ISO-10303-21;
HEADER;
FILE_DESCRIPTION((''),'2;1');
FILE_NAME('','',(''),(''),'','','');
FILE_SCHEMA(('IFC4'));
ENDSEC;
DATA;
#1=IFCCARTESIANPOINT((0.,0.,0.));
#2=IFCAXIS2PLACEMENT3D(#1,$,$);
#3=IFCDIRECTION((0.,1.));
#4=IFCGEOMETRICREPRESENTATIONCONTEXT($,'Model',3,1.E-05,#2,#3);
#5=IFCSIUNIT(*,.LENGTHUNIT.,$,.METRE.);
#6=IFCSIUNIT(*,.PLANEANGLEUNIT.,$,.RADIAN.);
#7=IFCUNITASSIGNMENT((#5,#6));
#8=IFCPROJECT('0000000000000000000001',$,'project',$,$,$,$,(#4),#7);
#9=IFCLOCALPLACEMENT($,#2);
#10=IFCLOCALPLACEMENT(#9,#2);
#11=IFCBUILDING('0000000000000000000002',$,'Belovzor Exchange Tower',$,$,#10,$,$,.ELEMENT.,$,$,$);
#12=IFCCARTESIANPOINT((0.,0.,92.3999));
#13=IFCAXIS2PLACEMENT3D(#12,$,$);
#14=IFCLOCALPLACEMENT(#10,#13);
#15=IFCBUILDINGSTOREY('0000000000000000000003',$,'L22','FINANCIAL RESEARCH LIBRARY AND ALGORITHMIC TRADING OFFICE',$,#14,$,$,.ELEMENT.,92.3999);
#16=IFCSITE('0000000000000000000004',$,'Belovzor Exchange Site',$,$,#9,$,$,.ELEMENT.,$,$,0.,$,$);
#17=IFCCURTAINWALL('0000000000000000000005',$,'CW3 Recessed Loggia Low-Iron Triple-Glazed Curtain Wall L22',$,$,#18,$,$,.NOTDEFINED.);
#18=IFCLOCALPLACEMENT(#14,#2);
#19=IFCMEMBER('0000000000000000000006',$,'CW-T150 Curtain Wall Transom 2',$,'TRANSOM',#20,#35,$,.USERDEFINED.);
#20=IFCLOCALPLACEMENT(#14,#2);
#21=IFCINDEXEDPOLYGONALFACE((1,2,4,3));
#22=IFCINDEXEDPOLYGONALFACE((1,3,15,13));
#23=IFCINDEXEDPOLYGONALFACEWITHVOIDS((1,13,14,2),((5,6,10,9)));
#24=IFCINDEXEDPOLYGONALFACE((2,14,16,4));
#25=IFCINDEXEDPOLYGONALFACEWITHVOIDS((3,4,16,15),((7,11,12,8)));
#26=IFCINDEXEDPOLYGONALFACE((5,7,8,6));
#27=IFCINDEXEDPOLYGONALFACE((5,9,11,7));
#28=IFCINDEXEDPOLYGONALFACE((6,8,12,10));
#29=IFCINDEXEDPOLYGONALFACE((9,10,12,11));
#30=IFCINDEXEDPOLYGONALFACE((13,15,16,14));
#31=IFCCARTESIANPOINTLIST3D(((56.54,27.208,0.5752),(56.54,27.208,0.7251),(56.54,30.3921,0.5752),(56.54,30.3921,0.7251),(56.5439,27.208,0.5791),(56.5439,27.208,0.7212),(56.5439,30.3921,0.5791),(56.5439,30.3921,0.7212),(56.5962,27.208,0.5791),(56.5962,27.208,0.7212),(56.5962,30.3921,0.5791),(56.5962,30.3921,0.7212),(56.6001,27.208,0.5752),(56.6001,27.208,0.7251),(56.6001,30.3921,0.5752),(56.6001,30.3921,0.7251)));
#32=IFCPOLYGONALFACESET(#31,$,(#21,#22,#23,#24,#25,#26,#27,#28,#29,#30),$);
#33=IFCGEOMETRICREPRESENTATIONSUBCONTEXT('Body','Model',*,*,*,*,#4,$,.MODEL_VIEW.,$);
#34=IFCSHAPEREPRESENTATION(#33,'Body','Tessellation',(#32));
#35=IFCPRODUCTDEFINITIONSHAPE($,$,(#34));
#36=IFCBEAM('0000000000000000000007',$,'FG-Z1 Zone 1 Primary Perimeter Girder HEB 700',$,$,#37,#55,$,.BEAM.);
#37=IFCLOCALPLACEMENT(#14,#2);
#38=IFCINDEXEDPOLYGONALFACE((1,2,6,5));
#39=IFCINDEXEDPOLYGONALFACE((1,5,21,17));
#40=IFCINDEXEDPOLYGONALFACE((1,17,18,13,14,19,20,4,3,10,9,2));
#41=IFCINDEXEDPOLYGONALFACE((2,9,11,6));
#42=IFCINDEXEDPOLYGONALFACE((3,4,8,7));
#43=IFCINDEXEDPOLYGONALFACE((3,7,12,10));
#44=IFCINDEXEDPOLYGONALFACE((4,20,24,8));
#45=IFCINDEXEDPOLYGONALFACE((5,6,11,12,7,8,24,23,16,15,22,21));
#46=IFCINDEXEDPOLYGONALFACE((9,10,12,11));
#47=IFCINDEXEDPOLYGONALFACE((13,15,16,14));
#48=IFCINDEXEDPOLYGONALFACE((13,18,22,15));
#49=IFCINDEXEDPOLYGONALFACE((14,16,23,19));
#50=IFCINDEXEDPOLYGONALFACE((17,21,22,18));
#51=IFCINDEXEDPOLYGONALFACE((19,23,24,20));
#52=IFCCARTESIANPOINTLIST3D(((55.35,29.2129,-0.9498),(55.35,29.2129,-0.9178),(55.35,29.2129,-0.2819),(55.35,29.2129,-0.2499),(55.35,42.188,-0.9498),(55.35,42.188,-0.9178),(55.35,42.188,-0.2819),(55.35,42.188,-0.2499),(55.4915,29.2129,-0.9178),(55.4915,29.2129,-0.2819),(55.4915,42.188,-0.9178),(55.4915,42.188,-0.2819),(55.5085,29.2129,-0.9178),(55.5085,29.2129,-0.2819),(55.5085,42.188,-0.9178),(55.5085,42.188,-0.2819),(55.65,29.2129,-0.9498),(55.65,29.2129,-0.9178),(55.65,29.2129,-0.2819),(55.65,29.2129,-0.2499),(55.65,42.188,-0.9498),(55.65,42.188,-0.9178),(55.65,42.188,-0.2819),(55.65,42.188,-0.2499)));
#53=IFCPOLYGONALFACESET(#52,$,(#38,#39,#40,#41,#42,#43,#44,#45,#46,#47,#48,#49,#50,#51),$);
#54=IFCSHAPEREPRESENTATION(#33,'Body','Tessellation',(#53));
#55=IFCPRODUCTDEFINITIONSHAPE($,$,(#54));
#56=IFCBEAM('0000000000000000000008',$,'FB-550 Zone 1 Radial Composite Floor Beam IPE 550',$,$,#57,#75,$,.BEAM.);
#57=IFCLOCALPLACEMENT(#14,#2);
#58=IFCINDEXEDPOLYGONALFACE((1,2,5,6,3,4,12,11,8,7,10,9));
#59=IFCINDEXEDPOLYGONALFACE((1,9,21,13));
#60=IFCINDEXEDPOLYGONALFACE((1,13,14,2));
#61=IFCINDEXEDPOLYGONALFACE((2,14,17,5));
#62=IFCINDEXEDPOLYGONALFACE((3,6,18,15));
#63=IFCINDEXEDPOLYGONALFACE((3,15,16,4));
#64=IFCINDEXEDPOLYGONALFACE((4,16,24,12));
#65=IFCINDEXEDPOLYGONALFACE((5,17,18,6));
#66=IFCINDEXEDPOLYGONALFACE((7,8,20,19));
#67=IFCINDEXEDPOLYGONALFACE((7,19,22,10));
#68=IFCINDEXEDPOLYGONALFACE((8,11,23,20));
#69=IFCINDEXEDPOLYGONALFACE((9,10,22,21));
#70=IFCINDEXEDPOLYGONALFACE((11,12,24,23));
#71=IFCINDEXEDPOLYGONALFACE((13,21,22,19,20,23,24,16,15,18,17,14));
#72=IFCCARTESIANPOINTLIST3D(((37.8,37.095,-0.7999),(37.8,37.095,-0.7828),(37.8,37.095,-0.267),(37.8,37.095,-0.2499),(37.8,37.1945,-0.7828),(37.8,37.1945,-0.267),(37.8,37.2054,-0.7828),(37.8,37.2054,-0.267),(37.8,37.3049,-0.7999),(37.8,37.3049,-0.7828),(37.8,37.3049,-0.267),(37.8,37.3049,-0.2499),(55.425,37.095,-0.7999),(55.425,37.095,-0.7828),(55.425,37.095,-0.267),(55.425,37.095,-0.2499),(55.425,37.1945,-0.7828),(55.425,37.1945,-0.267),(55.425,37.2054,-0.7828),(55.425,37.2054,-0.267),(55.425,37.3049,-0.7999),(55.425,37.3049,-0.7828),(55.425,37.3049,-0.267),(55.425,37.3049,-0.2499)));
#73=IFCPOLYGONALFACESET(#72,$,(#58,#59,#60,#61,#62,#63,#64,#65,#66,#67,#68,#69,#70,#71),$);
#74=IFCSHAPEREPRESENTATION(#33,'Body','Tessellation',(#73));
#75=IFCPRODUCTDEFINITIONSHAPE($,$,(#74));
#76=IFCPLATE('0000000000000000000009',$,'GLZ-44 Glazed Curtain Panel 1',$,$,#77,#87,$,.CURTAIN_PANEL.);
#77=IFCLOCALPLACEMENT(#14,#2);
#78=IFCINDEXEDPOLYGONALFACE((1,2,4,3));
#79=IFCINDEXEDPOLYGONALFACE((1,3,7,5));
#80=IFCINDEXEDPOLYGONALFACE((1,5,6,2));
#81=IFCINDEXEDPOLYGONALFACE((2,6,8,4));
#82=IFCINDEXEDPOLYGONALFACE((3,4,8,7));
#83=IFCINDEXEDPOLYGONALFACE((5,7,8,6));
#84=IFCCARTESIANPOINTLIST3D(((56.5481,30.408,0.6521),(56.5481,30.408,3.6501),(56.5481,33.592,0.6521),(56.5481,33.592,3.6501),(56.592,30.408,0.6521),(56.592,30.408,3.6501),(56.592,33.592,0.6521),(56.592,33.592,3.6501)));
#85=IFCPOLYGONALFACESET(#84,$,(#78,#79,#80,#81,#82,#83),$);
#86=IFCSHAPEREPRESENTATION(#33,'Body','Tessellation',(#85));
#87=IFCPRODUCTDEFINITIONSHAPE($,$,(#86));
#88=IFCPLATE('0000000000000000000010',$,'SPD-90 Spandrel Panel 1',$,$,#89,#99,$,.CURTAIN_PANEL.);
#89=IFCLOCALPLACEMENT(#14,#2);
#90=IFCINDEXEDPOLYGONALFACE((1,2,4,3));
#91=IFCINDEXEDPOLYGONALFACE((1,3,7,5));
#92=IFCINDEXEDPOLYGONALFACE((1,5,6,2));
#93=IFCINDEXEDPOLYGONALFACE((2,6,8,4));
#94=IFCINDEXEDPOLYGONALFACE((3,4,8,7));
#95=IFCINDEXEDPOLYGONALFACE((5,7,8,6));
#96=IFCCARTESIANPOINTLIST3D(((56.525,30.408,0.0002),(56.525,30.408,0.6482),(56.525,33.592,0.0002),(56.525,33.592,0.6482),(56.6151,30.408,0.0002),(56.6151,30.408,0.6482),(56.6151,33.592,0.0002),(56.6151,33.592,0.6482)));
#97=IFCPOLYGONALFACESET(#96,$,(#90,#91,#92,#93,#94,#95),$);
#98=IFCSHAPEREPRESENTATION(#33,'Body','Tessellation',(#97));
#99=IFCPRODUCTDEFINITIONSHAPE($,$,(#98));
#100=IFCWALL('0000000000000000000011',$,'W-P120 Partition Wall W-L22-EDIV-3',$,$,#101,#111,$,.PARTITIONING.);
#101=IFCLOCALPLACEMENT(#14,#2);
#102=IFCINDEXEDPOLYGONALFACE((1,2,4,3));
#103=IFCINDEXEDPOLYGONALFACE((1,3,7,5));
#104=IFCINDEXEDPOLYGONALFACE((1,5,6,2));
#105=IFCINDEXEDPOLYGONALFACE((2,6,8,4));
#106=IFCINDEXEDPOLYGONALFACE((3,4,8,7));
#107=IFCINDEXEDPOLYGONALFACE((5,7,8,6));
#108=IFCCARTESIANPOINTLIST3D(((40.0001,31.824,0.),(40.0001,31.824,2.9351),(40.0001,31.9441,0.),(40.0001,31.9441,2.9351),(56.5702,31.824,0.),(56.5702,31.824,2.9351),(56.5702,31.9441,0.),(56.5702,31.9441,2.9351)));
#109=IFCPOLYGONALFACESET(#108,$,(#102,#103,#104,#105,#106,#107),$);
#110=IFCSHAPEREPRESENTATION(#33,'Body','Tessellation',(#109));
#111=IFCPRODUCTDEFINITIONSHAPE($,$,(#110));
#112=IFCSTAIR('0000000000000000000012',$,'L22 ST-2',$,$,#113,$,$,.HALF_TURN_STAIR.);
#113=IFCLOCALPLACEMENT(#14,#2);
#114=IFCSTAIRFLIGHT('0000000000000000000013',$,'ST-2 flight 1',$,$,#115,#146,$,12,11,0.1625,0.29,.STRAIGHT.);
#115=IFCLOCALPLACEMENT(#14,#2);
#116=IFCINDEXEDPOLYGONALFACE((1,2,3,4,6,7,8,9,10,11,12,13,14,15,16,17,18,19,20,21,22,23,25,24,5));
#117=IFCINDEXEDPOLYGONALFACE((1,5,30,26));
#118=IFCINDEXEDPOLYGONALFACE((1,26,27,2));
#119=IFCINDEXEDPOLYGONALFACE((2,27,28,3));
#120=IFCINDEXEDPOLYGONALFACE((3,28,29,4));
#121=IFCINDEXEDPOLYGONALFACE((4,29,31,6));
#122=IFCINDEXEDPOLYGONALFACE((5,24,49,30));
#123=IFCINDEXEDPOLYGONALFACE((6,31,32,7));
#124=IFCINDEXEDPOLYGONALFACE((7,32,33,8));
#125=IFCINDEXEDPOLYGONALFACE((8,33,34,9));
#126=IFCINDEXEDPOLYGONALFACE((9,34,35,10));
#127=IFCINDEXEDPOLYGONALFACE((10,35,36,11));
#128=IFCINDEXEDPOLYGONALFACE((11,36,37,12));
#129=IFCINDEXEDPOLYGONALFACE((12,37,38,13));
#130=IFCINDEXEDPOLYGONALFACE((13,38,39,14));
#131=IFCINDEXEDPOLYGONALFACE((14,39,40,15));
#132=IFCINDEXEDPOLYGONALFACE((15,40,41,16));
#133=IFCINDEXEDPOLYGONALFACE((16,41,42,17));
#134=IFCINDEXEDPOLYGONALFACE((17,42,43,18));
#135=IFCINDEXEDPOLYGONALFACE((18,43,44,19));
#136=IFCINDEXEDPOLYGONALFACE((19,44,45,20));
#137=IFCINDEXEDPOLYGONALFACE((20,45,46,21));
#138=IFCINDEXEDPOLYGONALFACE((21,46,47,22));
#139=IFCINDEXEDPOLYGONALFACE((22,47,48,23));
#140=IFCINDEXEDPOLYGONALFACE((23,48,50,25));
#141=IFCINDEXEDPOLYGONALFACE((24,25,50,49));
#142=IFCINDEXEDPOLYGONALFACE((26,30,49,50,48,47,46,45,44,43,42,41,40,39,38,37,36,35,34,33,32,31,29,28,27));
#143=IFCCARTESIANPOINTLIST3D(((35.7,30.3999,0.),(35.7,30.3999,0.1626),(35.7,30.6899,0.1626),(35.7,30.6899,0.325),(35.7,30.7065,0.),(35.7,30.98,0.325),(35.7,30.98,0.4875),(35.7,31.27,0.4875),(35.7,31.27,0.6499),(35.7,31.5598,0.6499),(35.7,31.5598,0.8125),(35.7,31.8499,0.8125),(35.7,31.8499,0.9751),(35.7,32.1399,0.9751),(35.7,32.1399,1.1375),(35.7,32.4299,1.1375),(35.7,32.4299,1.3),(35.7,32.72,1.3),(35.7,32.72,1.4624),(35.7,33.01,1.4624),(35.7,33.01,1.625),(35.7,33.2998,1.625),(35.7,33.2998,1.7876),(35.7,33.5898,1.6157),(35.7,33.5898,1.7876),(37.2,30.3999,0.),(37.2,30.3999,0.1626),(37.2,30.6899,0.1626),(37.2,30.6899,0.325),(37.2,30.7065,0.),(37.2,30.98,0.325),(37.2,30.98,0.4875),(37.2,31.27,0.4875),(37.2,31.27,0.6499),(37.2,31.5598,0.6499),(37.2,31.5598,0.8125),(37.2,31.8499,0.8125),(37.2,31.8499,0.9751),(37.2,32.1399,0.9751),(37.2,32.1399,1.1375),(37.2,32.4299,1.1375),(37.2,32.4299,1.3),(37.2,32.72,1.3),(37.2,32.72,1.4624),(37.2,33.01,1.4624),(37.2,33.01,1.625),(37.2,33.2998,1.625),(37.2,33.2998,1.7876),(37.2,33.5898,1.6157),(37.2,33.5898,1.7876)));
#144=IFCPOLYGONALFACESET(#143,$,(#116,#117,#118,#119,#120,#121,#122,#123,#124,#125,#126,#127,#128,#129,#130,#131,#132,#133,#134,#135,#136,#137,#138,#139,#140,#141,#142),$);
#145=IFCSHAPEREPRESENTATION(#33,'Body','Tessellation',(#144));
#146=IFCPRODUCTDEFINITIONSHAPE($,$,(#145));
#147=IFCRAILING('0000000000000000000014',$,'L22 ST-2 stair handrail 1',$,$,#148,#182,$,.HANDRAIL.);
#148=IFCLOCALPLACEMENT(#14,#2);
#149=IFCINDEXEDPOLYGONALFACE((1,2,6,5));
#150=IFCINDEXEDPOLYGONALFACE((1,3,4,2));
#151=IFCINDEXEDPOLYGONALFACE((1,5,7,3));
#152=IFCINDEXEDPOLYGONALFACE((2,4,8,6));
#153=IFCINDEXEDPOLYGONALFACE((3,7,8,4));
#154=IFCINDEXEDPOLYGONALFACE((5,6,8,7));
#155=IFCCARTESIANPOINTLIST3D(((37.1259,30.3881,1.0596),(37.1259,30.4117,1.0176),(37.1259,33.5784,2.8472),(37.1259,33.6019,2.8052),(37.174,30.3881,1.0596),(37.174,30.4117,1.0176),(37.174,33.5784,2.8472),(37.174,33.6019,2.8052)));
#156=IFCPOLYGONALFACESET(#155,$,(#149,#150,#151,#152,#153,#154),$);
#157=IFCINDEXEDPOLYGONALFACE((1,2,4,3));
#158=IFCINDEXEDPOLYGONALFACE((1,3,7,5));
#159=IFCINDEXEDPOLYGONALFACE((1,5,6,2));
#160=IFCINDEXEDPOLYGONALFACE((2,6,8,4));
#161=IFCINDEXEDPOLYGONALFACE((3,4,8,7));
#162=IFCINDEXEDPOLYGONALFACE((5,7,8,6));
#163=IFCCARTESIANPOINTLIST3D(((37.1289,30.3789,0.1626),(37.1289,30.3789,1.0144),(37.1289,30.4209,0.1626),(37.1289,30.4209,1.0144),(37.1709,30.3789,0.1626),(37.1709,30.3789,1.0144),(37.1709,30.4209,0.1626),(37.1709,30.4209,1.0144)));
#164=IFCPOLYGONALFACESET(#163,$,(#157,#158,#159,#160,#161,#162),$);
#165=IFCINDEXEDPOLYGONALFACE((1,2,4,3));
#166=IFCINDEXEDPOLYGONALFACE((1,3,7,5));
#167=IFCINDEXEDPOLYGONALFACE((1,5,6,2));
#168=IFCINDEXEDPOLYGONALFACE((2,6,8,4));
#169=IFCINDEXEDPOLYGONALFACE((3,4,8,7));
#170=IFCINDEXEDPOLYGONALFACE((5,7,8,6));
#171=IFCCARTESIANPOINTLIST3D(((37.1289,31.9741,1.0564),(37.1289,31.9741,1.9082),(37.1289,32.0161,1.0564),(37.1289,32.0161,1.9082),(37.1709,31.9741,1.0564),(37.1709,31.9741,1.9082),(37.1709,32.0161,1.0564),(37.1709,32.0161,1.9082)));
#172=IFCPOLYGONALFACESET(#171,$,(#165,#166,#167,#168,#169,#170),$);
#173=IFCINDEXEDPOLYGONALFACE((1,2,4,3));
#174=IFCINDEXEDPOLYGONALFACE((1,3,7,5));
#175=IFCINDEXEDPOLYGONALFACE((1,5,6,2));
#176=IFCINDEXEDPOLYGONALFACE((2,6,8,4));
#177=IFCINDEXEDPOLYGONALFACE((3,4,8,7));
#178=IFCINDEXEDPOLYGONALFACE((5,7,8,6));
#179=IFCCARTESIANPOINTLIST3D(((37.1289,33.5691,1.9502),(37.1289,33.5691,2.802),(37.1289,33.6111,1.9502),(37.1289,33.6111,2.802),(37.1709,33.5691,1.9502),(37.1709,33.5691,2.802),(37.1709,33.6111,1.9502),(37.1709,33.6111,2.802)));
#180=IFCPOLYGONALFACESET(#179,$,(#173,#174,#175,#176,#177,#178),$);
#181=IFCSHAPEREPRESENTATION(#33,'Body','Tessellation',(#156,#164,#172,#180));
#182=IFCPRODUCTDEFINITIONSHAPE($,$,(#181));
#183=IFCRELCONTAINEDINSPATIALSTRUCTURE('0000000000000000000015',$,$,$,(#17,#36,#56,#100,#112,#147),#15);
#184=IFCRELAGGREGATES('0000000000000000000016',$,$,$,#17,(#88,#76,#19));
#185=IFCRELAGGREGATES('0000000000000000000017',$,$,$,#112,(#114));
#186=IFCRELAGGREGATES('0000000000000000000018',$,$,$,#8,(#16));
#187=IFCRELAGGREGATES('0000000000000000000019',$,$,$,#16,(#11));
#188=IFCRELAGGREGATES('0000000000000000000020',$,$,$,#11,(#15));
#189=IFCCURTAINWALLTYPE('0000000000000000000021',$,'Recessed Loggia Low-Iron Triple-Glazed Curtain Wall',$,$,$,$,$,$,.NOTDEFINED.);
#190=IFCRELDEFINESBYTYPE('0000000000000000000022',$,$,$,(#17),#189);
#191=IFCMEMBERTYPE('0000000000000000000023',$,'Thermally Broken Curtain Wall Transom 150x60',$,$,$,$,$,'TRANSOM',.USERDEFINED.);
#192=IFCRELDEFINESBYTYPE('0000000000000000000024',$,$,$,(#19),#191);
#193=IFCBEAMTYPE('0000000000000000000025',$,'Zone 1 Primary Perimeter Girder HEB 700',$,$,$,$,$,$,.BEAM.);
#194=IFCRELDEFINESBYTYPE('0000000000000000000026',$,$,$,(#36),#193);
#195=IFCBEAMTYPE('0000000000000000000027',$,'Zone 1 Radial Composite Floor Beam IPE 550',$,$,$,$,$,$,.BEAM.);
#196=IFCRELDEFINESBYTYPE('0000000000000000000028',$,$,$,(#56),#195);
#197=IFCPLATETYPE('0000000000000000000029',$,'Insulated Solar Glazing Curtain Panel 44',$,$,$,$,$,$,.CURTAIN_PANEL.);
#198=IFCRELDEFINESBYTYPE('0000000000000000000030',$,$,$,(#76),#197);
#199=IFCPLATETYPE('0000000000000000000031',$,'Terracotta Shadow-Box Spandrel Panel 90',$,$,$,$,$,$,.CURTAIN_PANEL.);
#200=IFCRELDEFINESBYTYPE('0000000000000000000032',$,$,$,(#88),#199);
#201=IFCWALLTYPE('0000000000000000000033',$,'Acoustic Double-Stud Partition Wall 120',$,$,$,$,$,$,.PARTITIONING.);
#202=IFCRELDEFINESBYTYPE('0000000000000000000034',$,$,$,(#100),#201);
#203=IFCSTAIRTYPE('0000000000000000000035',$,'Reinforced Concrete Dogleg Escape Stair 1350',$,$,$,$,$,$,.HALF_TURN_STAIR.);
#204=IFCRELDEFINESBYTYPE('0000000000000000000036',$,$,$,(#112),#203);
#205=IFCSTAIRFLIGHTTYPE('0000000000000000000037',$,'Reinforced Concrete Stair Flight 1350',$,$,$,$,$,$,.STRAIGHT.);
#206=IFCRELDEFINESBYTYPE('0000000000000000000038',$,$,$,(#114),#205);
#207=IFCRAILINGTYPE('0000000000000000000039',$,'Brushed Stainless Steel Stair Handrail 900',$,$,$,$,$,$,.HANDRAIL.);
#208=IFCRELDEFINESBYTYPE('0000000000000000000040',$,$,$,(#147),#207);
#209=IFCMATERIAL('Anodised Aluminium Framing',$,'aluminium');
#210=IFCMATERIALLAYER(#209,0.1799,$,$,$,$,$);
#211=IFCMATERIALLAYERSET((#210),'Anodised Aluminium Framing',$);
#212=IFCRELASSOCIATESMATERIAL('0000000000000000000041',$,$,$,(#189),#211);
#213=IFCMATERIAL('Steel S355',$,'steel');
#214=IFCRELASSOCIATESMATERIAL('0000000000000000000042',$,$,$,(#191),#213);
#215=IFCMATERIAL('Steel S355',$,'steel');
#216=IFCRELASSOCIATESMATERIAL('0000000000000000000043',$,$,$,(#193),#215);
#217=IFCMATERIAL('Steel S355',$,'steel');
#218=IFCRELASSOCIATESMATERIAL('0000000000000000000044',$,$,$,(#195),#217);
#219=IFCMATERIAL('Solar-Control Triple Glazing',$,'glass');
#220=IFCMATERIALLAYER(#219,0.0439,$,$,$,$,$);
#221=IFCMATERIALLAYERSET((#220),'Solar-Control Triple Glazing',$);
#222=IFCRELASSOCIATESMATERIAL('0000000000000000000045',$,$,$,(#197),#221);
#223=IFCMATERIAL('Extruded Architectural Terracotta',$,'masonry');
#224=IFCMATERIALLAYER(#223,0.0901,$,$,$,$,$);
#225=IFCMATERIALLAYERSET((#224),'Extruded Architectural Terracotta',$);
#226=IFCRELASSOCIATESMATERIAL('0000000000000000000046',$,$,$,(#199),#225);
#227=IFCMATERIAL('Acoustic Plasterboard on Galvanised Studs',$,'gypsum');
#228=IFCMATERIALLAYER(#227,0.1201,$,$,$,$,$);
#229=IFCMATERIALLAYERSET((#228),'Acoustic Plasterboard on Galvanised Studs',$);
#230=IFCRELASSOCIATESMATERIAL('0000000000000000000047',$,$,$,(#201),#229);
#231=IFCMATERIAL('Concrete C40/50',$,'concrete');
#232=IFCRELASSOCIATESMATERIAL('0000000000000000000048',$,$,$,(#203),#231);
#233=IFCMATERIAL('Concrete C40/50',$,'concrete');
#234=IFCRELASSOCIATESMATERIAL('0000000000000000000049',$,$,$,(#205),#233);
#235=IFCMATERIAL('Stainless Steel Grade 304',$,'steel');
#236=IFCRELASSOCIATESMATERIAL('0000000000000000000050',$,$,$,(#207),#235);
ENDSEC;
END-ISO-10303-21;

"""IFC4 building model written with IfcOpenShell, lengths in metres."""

from ifc_helpers import new_model, si_unit, direction, frame, frame_2d, origin, origin_2d, place, context, subcontext, project, spatial, polyline, rectangle, hollow_rectangle, i_section, outline, extrude, material, layer, layer_set, material_profile, profile_set, type_object, element, aggregate, save


model = new_model("IFC4")

# Units and contexts
model_context = context("Model", 3, precision=1e-05, world=origin(), true_north=direction((0.0, 1.0)))
body_context = subcontext(model_context, "Body", "Model", "MODEL_VIEW")
ifc_project = project(units=[si_unit("LENGTHUNIT", "METRE"), si_unit("PLANEANGLEUNIT", "RADIAN")], contexts=[model_context])

# Site, building, storey
site_placement = place(None, origin())
site = spatial("IfcSite", under=ifc_project, at=site_placement, Name="Belovzor Exchange Site", CompositionType="ELEMENT", RefElevation=0.0)
building_placement = place(site_placement, origin())
building = spatial("IfcBuilding", under=site, at=building_placement, Name="Belovzor Exchange Tower", CompositionType="ELEMENT")
storey_placement = place(building_placement, frame((0.0, 0.0, 92.3999)))
storey = spatial("IfcBuildingStorey", under=building, at=storey_placement, Name="L22", Description="FINANCIAL RESEARCH LIBRARY AND ALGORITHMIC TRADING OFFICE", CompositionType="ELEMENT", Elevation=92.3999)

# Curtain wall, member
ifc_material_1 = material(Name="Anodised Aluminium Framing", Category="aluminium")
ifc_layer_1 = layer(ifc_material_1, 0.1799)
ifc_layer_set_1 = layer_set([ifc_layer_1], Name="Anodised Aluminium Framing")
curtain_wall_type = type_object("IfcCurtainWallType", Name="Recessed Loggia Low-Iron Triple-Glazed Curtain Wall", PredefinedType="NOTDEFINED", material=ifc_layer_set_1)
curtain_wall_placement = place(storey_placement, origin())
curtain_wall = element("IfcCurtainWall", 1, at=curtain_wall_placement, inside=storey, type_object=curtain_wall_type, Name="CW3 Recessed Loggia Low-Iron Triple-Glazed Curtain Wall L22", PredefinedType="NOTDEFINED")
ifc_material_2 = material(Name="Steel S355", Category="steel")
ifc_material_profile_1 = material_profile(ifc_material_2, hollow_rectangle(XDim=0.0601, YDim=0.1499, WallThickness=0.0039, at=origin_2d()))
ifc_profile_set_1 = profile_set([ifc_material_profile_1], Name="Steel S355")
member_type_1 = type_object("IfcMemberType", Name="Thermally Broken Curtain Wall Transom 150x60", ElementType="TRANSOM", PredefinedType="USERDEFINED", material=ifc_profile_set_1)
member_1_placement = place(storey_placement, frame((56.5701, 30.3921, 0.6501), z_axis=(0.0, -1.0, 0.0), x_axis=(1.0, 0.0, 0.0)))
member_1 = element("IfcMember", 2, at=member_1_placement, type_object=member_type_1, Name="CW-T150 Curtain Wall Transom 2", ObjectType="TRANSOM", PredefinedType="USERDEFINED", context=body_context, shape_type="SweptSolid", body=[
    extrude(hollow_rectangle(XDim=0.0601, YDim=0.1499, WallThickness=0.0039, at=origin_2d()), origin(), (0.0, 0.0, 1.0), 3.1841),
])

# Beams
ifc_material_3 = material(Name="Steel S355", Category="steel")
ifc_material_profile_2 = material_profile(ifc_material_3, i_section(OverallWidth=0.3, OverallDepth=0.7, WebThickness=0.0171, FlangeThickness=0.032, at=origin_2d()))
ifc_profile_set_2 = profile_set([ifc_material_profile_2], Name="Steel S355")
beam_type_1 = type_object("IfcBeamType", Name="Zone 1 Primary Perimeter Girder HEB 700", PredefinedType="BEAM", material=ifc_profile_set_2)
beam_1_placement = place(storey_placement, frame((55.5, 29.2129, -0.5999), z_axis=(0.0, 1.0, 0.0), x_axis=(-1.0, 0.0, 0.0)))
element("IfcBeam", 3, at=beam_1_placement, inside=storey, type_object=beam_type_1, Name="FG-Z1 Zone 1 Primary Perimeter Girder HEB 700", PredefinedType="BEAM", context=body_context, shape_type="SweptSolid", body=[
    extrude(i_section(OverallWidth=0.3, OverallDepth=0.7, WebThickness=0.0171, FlangeThickness=0.032, at=origin_2d()), origin(), (0.0, 0.0, 1.0), 12.9751),
])
ifc_material_4 = material(Name="Steel S355", Category="steel")
ifc_material_profile_3 = material_profile(ifc_material_4, i_section(OverallWidth=0.21, OverallDepth=0.55, WebThickness=0.011, FlangeThickness=0.0171, at=origin_2d()))
ifc_profile_set_3 = profile_set([ifc_material_profile_3], Name="Steel S355")
beam_type_2 = type_object("IfcBeamType", Name="Zone 1 Radial Composite Floor Beam IPE 550", PredefinedType="BEAM", material=ifc_profile_set_3)
beam_2_placement = place(storey_placement, frame((37.8, 37.2, -0.5249), z_axis=(1.0, 0.0, 0.0), x_axis=(0.0, 1.0, 0.0)))
element("IfcBeam", 4, at=beam_2_placement, inside=storey, type_object=beam_type_2, Name="FB-550 Zone 1 Radial Composite Floor Beam IPE 550", PredefinedType="BEAM", context=body_context, shape_type="SweptSolid", body=[
    extrude(i_section(OverallWidth=0.21, OverallDepth=0.55, WebThickness=0.011, FlangeThickness=0.0171, at=origin_2d()), origin(), (0.0, 0.0, 1.0), 17.625),
])

# Plates
ifc_material_5 = material(Name="Solar-Control Triple Glazing", Category="glass")
ifc_layer_2 = layer(ifc_material_5, 0.0439)
ifc_layer_set_2 = layer_set([ifc_layer_2], Name="Solar-Control Triple Glazing")
plate_type_1 = type_object("IfcPlateType", Name="Insulated Solar Glazing Curtain Panel 44", PredefinedType="CURTAIN_PANEL", material=ifc_layer_set_2)
plate_1_placement = place(storey_placement, frame((56.5701, 32.0, 0.6521), z_axis=(0.0, 0.0, 1.0), x_axis=(0.0, -1.0, 0.0)))
plate_1 = element("IfcPlate", 5, at=plate_1_placement, type_object=plate_type_1, Name="GLZ-44 Glazed Curtain Panel 1", PredefinedType="CURTAIN_PANEL", context=body_context, shape_type="SweptSolid", body=[
    extrude(rectangle(XDim=3.1841, YDim=0.0439, at=origin_2d()), origin(), (0.0, 0.0, 1.0), 2.998),
])
ifc_material_6 = material(Name="Extruded Architectural Terracotta", Category="masonry")
ifc_layer_3 = layer(ifc_material_6, 0.0901)
ifc_layer_set_3 = layer_set([ifc_layer_3], Name="Extruded Architectural Terracotta")
plate_type_2 = type_object("IfcPlateType", Name="Terracotta Shadow-Box Spandrel Panel 90", PredefinedType="CURTAIN_PANEL", material=ifc_layer_set_3)
plate_2_placement = place(storey_placement, frame((56.5701, 32.0, 0.0002), z_axis=(0.0, 0.0, 1.0), x_axis=(0.0, -1.0, 0.0)))
plate_2 = element("IfcPlate", 6, at=plate_2_placement, type_object=plate_type_2, Name="SPD-90 Spandrel Panel 1", PredefinedType="CURTAIN_PANEL", context=body_context, shape_type="SweptSolid", body=[
    extrude(rectangle(XDim=3.1841, YDim=0.0901, at=origin_2d()), origin(), (0.0, 0.0, 1.0), 0.6479),
])
aggregate(curtain_wall, [plate_2, plate_1, member_1])

# Wall
ifc_material_7 = material(Name="Acoustic Plasterboard on Galvanised Studs", Category="gypsum")
ifc_layer_4 = layer(ifc_material_7, 0.1201)
ifc_layer_set_4 = layer_set([ifc_layer_4], Name="Acoustic Plasterboard on Galvanised Studs")
wall_type = type_object("IfcWallType", Name="Acoustic Double-Stud Partition Wall 120", PredefinedType="PARTITIONING", material=ifc_layer_set_4)
wall_placement = place(storey_placement, frame((40.0, 31.884, 0.0), z_axis=(0.0, 0.0, 1.0), x_axis=(1.0, 0.0, 0.0)))
element("IfcWall", 7, at=wall_placement, inside=storey, type_object=wall_type, Name="W-P120 Partition Wall W-L22-EDIV-3", PredefinedType="PARTITIONING", context=body_context, shape_type="SweptSolid", body=[
    extrude(rectangle(XDim=16.5701, YDim=0.1201, at=frame_2d((8.2852, 0.0))), origin(), (0.0, 0.0, 1.0), 2.9351),
])

# Stair, stair flight
ifc_material_8 = material(Name="Concrete C40/50", Category="concrete")
stair_type = type_object("IfcStairType", Name="Reinforced Concrete Dogleg Escape Stair 1350", PredefinedType="HALF_TURN_STAIR", material=ifc_material_8)
stair_placement = place(storey_placement, origin())
stair = element("IfcStair", 8, at=stair_placement, inside=storey, type_object=stair_type, Name="L22 ST-2", PredefinedType="HALF_TURN_STAIR")
ifc_material_9 = material(Name="Concrete C40/50", Category="concrete")
stair_flight_type = type_object("IfcStairFlightType", Name="Reinforced Concrete Stair Flight 1350", PredefinedType="STRAIGHT", material=ifc_material_9)
stair_flight_placement = place(storey_placement, frame((36.45, 30.3999, 0.0), z_axis=(0.0, 0.0, 1.0), x_axis=(0.0, 1.0, 0.0)))
stair_flight = element("IfcStairFlight", 9, at=stair_flight_placement, type_object=stair_flight_type, Name="ST-2 flight 1", NumberOfRisers=12, NumberOfTreads=11, PredefinedType="STRAIGHT", RiserHeight=0.1625, TreadLength=0.29, context=body_context, shape_type="SweptSolid", body=[
    extrude(outline(polyline([(0.0, 0.0), (0.0, 0.1626), (0.29, 0.1626), (0.29, 0.325), (0.5801, 0.325), (0.5801, 0.4875), (0.8701, 0.4875), (0.8701, 0.6499), (1.1599, 0.6499), (1.1599, 0.8125), (1.45, 0.8125), (1.45, 0.9751), (1.74, 0.9751), (1.74, 1.1375), (2.03, 1.1375), (2.03, 1.3), (2.3201, 1.3), (2.3201, 1.4624), (2.6101, 1.4624), (2.6101, 1.625), (2.8999, 1.625), (2.8999, 1.7876), (3.1899, 1.7876), (3.1899, 1.95), (3.1899, 1.6157), (0.3066, 0.0), (0.0, 0.0)])), frame((0.0, 0.75, 0.0), z_axis=(0.0, -1.0, 0.0), x_axis=(1.0, 0.0, 0.0)), (0.0, 0.0, 1.0), 1.5),
])
aggregate(stair, [stair_flight])

# Railing
ifc_material_10 = material(Name="Stainless Steel Grade 304", Category="steel")
railing_type_1 = type_object("IfcRailingType", Name="Brushed Stainless Steel Stair Handrail 900", PredefinedType="HANDRAIL", material=ifc_material_10)
railing_1_placement = place(storey_placement, frame((37.1499, 30.3999, 0.1626)))
element("IfcRailing", 10, at=railing_1_placement, inside=storey, type_object=railing_type_1, Name="L22 ST-2 stair handrail 1", PredefinedType="HANDRAIL", context=body_context, shape_type="SweptSolid", body=[
    extrude(rectangle(XDim=0.0481, YDim=0.0481, at=origin_2d()), frame((0.0, 0.0, 0.876), z_axis=(0.0, 0.872378, 0.488831), x_axis=(-1.0, 0.0, 0.0)), (0.0, 0.0, 1.0), 3.657),
    extrude(rectangle(XDim=0.042, YDim=0.042, at=origin_2d()), origin(), (0.0, 0.0, 1.0), 0.8518),
    extrude(rectangle(XDim=0.042, YDim=0.042, at=origin_2d()), frame((0.0, 1.5952, 0.8938)), (0.0, 0.0, 1.0), 0.8518),
    extrude(rectangle(XDim=0.042, YDim=0.042, at=origin_2d()), frame((0.0, 3.1902, 1.7876)), (0.0, 0.0, 1.0), 0.8518),
])

save(model, "model.ifc")
